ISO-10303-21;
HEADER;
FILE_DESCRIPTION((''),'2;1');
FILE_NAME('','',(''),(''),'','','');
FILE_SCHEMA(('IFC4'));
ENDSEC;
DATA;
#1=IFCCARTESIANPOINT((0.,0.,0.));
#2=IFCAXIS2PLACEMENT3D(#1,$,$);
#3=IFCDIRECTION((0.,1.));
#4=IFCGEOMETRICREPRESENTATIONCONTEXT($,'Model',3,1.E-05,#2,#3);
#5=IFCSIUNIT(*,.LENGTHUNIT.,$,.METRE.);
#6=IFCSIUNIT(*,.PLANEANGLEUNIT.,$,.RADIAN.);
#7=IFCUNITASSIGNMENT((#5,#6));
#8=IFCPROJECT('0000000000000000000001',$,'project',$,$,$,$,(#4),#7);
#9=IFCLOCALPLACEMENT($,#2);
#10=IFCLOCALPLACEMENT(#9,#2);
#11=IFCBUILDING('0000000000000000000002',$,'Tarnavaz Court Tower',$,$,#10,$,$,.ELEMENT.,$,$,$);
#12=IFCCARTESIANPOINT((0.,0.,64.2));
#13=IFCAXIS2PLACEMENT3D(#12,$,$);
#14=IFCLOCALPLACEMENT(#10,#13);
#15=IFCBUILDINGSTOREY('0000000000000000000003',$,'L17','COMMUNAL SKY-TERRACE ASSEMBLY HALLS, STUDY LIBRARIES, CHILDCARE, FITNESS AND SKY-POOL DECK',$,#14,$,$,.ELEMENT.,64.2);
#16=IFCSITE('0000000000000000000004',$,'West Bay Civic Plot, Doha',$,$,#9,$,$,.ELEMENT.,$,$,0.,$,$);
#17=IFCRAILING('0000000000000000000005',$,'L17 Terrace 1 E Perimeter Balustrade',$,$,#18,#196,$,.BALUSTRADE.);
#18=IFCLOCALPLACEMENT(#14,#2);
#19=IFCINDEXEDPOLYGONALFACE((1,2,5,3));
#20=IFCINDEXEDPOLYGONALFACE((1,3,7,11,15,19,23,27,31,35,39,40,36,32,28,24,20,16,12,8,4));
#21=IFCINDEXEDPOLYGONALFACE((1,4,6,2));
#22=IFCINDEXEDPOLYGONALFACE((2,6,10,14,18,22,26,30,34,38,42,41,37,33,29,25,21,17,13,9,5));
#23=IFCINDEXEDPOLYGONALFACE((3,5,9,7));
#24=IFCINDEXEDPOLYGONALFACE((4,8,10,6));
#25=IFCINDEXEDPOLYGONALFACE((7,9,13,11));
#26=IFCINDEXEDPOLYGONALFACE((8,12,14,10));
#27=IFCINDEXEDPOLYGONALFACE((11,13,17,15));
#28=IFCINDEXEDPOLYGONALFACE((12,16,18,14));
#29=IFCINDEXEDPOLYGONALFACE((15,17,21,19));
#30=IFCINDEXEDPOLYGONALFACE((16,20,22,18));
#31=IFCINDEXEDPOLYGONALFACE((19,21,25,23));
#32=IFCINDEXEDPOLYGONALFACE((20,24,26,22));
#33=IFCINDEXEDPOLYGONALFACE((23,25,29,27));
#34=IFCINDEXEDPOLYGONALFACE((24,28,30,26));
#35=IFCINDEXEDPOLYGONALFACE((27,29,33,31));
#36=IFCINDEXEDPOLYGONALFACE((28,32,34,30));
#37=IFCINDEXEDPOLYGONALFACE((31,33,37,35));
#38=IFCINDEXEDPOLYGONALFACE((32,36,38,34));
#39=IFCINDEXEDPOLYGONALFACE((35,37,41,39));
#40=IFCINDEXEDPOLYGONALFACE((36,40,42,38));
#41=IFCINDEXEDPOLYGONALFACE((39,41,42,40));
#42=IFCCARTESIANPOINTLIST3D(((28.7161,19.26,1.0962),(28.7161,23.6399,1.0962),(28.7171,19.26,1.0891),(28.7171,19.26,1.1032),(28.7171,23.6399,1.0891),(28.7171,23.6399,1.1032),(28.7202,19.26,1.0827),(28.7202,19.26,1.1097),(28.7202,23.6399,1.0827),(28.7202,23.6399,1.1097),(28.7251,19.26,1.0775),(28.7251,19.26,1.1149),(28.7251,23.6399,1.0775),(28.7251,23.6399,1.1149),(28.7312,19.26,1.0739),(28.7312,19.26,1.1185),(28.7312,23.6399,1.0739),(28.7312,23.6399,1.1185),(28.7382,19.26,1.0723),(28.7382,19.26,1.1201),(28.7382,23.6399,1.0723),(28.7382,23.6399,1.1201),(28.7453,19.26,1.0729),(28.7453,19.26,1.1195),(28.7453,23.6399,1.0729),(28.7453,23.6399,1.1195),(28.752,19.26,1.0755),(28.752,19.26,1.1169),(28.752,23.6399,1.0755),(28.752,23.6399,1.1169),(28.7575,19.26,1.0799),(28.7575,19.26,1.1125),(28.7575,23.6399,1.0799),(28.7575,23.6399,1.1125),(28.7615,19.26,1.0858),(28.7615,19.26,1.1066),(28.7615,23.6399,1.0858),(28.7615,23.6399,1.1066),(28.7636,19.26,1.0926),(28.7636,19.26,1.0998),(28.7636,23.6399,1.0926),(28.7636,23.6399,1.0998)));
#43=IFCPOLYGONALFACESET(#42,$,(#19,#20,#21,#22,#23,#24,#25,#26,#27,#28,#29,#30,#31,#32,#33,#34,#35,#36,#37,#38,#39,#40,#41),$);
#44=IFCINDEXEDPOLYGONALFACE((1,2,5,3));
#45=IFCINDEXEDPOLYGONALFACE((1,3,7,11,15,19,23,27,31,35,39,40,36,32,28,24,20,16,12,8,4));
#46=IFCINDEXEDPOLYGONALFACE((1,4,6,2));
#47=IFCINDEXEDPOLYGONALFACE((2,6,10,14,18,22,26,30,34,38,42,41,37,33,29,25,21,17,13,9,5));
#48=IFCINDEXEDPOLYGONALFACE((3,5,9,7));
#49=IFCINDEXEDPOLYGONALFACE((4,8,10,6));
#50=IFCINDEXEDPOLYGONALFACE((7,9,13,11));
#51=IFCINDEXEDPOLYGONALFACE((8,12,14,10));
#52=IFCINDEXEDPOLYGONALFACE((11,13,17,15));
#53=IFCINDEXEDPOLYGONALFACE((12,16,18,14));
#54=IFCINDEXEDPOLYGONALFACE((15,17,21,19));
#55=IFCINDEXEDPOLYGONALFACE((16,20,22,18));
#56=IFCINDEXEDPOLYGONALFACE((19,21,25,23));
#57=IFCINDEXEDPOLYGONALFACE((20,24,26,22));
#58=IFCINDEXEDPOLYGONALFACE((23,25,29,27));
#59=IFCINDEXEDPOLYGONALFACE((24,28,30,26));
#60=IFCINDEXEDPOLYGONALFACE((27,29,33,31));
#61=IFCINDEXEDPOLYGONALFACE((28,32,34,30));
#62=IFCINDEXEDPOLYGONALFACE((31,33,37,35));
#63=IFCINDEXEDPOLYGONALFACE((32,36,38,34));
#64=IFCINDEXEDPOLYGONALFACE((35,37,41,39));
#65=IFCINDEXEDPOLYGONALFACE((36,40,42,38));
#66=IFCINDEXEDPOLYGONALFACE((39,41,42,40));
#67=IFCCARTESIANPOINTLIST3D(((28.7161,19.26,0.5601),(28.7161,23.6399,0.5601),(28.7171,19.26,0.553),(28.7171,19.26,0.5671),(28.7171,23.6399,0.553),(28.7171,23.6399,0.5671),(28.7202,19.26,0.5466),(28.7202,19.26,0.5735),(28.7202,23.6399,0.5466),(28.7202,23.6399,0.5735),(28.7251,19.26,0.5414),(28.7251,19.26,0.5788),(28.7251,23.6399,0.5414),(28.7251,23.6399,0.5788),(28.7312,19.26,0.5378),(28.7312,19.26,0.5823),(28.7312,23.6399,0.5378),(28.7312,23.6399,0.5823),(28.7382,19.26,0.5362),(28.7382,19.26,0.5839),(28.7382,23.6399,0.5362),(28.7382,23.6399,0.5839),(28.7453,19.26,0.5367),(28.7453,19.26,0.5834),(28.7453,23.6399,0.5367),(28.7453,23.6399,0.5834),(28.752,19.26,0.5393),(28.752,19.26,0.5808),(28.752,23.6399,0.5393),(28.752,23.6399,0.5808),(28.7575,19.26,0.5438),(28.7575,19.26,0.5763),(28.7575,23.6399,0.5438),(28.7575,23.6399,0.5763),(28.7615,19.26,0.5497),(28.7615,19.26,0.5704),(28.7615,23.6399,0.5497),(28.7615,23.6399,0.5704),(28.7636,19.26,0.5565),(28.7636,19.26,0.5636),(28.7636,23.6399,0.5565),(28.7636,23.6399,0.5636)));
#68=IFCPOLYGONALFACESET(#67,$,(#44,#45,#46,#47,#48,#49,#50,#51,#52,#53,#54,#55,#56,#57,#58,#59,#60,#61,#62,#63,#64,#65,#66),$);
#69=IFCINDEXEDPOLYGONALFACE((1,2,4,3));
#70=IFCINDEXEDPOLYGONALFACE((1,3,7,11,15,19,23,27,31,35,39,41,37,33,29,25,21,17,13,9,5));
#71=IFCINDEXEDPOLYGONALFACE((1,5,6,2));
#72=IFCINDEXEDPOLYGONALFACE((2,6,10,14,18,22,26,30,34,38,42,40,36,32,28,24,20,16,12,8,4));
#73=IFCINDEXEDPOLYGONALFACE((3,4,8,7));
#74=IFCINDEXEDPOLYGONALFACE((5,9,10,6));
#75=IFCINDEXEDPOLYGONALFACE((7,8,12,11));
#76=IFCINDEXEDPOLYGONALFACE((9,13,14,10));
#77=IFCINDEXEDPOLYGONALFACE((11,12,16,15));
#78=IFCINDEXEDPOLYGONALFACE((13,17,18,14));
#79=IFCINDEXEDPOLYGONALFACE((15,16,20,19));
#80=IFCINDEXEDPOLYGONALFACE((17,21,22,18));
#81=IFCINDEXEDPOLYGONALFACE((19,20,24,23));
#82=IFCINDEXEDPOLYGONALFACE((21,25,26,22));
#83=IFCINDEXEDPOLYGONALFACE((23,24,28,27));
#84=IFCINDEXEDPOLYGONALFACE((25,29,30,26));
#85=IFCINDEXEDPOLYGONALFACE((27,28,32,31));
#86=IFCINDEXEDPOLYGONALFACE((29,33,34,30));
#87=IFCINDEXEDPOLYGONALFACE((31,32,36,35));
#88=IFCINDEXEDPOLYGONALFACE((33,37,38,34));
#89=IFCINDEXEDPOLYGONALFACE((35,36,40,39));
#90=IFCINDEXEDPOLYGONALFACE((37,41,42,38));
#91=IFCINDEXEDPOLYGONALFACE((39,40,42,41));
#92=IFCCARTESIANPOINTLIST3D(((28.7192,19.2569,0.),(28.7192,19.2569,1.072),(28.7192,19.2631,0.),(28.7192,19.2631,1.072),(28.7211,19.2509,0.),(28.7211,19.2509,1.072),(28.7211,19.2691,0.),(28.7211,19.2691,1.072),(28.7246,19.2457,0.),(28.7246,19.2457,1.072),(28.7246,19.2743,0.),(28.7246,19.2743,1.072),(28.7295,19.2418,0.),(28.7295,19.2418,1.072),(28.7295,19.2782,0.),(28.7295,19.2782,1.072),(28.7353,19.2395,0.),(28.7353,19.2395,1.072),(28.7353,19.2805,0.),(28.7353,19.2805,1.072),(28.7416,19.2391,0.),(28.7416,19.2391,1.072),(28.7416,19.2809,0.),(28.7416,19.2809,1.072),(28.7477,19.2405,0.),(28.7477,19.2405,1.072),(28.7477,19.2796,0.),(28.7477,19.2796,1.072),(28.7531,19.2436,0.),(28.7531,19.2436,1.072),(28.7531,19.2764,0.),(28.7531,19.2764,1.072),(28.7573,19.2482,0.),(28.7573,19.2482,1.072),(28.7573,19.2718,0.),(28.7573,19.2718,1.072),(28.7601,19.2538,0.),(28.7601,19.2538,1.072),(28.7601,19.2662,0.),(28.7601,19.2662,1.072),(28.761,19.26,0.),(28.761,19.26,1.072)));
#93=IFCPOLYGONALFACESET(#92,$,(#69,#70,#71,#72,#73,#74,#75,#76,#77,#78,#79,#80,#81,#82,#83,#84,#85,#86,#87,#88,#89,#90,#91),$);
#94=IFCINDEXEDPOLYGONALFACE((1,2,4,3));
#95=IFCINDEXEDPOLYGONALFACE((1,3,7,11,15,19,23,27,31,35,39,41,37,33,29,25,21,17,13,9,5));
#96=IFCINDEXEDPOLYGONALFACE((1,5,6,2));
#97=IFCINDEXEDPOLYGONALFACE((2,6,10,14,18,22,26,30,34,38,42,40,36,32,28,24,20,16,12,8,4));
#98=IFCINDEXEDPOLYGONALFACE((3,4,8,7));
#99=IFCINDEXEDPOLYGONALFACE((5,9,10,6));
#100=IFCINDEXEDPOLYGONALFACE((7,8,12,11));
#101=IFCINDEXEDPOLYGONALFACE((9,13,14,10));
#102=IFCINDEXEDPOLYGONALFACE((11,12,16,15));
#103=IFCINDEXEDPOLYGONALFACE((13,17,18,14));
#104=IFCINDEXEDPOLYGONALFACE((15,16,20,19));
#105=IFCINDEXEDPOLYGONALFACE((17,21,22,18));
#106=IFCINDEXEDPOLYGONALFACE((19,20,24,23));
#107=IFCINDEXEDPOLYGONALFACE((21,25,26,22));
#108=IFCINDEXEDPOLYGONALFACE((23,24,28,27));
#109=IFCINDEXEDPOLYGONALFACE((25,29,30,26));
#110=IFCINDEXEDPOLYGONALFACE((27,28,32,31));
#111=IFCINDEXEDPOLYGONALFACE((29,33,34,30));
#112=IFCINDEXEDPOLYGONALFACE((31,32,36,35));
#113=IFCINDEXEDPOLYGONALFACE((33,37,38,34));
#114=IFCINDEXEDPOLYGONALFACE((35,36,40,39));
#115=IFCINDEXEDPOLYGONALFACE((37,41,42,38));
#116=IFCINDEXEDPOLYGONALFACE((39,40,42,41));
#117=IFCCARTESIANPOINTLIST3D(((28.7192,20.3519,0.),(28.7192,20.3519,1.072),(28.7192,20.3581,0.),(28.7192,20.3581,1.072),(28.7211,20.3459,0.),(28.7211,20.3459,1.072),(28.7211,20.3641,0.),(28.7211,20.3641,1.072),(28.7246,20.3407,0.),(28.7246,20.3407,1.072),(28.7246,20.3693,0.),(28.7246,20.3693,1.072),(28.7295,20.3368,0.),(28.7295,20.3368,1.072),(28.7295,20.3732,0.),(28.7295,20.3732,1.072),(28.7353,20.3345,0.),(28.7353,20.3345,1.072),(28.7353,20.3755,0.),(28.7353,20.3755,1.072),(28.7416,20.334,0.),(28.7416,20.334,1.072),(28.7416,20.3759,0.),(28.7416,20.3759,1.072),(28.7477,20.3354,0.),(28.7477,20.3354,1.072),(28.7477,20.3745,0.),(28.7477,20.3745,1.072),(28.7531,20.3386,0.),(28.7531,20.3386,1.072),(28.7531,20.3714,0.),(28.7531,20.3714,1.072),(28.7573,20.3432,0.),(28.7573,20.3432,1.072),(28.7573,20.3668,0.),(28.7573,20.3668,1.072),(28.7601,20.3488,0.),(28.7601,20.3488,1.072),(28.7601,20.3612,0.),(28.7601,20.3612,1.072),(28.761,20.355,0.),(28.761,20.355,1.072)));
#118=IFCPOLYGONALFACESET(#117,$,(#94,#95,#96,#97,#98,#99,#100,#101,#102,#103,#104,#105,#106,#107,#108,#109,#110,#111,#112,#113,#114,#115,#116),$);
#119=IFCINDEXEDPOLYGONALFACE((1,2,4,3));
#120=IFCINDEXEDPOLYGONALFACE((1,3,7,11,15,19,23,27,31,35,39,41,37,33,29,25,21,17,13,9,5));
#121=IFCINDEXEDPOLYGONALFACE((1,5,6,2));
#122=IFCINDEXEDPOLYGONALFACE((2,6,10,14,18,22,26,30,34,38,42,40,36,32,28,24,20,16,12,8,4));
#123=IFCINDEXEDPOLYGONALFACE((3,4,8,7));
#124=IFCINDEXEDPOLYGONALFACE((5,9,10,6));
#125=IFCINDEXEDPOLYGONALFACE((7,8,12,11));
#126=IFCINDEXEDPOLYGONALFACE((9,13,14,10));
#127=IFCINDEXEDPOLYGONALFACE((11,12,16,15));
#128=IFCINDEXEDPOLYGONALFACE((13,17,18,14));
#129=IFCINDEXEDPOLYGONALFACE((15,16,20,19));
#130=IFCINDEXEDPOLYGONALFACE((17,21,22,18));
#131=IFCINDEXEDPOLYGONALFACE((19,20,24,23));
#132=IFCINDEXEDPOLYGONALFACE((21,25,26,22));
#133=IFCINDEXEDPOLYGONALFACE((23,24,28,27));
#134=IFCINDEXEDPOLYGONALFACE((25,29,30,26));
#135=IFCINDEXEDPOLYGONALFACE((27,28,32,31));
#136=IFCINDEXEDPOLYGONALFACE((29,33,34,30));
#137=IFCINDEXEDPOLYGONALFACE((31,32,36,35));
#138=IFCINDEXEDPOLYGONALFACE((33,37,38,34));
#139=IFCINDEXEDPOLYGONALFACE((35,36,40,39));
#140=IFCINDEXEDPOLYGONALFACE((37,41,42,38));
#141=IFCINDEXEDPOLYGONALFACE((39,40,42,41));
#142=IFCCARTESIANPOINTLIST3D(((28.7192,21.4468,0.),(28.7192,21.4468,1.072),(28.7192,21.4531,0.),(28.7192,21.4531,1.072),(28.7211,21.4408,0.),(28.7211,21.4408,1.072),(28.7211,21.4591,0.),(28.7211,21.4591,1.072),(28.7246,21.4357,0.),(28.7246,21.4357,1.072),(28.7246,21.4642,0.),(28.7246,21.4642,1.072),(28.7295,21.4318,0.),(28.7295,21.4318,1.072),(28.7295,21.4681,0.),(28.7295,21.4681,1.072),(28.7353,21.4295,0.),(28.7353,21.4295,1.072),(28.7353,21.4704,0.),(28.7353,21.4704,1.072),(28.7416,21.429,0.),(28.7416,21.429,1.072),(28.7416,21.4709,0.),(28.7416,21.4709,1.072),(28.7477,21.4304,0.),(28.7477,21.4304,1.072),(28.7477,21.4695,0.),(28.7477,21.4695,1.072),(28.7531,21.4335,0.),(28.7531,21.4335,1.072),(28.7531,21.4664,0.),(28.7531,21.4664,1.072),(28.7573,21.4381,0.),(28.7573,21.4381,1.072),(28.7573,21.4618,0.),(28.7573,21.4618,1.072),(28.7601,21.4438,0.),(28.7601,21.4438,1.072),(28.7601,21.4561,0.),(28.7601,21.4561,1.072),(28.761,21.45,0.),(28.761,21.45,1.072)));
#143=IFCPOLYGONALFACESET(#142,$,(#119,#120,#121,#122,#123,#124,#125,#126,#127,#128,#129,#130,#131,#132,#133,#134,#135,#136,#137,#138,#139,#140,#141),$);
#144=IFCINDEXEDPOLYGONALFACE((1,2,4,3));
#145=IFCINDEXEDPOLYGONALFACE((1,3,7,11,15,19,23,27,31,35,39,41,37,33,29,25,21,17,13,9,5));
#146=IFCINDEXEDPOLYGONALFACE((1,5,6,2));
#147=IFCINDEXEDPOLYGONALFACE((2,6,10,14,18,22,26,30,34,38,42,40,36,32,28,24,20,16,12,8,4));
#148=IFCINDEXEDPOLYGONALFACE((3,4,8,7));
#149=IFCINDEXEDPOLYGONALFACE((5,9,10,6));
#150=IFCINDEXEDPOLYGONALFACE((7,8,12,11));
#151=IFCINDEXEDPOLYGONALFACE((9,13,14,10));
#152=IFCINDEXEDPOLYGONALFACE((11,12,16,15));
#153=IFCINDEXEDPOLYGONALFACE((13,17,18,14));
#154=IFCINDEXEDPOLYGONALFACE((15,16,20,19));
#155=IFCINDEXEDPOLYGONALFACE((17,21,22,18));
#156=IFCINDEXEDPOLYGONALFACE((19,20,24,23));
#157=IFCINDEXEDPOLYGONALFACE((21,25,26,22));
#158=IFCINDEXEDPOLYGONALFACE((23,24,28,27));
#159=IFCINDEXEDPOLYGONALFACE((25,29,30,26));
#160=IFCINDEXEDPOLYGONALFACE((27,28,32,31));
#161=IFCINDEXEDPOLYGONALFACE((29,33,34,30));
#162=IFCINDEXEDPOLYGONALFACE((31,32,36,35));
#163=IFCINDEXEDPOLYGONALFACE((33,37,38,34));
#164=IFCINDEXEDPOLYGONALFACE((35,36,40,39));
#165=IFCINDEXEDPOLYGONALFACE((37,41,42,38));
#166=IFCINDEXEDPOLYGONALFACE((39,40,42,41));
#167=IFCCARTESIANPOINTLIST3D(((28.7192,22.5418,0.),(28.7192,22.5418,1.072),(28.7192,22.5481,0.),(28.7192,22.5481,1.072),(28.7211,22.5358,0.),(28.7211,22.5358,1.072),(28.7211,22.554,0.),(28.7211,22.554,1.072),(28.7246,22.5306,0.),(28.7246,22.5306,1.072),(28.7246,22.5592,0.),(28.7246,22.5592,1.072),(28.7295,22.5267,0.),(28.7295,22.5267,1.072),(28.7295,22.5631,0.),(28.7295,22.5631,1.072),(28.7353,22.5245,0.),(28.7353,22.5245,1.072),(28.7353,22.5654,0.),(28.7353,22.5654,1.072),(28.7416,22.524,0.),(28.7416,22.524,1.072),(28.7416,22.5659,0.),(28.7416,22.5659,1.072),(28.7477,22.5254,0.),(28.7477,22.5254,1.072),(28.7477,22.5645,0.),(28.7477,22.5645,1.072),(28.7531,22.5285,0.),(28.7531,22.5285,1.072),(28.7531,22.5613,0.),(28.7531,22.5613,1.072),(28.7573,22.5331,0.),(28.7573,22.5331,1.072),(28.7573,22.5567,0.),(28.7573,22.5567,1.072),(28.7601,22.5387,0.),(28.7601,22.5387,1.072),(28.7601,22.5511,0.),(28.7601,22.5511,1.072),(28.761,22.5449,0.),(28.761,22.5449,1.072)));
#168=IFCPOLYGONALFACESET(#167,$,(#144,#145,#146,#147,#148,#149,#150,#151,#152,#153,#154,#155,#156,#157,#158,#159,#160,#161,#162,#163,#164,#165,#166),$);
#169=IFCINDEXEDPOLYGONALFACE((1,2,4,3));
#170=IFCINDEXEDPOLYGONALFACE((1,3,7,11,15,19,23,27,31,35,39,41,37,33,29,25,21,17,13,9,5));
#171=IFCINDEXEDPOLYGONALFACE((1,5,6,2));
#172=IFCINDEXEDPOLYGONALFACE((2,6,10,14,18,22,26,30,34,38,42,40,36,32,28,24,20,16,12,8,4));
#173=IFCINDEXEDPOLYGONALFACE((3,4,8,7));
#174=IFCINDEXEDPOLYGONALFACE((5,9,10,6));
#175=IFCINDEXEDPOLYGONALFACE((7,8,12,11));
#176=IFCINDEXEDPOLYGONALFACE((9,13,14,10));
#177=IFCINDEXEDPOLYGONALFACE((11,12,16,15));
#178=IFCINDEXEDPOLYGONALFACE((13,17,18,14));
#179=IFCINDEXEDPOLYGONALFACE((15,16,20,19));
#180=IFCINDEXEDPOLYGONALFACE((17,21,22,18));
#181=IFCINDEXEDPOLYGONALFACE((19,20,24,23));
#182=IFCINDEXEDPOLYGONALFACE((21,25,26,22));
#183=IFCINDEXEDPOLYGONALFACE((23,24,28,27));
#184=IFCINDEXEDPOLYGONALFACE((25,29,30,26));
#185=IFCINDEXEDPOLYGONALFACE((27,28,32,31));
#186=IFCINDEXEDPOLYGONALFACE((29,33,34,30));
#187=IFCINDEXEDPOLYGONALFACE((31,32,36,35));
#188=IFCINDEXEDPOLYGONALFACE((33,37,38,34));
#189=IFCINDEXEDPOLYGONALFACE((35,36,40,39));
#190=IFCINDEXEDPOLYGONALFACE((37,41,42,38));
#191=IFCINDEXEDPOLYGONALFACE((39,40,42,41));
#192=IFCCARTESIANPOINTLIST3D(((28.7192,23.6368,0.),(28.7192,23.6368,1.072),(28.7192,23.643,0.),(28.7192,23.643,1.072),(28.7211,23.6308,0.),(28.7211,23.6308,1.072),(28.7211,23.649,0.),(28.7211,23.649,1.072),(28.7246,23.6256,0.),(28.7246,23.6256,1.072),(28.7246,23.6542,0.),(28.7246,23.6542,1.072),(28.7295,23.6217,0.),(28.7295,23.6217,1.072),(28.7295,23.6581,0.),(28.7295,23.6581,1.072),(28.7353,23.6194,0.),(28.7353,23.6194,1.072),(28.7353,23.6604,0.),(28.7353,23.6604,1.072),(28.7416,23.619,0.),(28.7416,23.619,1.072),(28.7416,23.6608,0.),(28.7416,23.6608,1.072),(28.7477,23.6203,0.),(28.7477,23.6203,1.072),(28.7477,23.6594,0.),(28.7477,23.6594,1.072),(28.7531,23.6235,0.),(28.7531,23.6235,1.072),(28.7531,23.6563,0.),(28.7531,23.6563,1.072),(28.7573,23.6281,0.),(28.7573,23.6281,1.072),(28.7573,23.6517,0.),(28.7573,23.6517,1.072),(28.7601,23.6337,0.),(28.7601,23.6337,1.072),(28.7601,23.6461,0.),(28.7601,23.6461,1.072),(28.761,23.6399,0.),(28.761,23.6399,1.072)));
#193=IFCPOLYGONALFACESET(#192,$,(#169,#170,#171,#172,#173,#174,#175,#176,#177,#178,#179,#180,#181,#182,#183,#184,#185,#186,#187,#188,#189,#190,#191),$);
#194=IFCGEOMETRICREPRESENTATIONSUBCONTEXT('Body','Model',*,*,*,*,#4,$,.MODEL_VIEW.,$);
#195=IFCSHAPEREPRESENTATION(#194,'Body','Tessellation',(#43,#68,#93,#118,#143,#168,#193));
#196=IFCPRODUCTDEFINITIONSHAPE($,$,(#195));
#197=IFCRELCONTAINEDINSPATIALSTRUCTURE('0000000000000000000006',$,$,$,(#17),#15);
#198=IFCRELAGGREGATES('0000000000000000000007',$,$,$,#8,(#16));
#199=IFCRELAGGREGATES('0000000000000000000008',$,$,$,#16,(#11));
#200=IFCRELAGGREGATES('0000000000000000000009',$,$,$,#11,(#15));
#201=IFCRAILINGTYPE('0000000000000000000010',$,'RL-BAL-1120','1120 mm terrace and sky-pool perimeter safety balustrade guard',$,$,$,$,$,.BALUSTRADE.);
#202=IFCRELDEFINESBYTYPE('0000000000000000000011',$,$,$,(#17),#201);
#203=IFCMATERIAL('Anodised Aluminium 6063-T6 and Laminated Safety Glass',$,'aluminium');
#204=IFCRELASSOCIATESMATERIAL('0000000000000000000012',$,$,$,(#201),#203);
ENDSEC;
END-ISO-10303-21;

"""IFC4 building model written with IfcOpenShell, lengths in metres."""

from ifc_helpers import new_model, si_unit, direction, frame, origin, origin_2d, place, context, subcontext, project, spatial, circle, extrude, material, type_object, element, save


model = new_model("IFC4")

# Units and contexts
model_context = context("Model", 3, precision=1e-05, world=origin(), true_north=direction((0.0, 1.0)))
body_context = subcontext(model_context, "Body", "Model", "MODEL_VIEW")
ifc_project = project(units=[si_unit("LENGTHUNIT", "METRE"), si_unit("PLANEANGLEUNIT", "RADIAN")], contexts=[model_context])

# Site, building, storey
site_placement = place(None, origin())
site = spatial("IfcSite", under=ifc_project, at=site_placement, Name="West Bay Civic Plot, Doha", CompositionType="ELEMENT", RefElevation=0.0)
building_placement = place(site_placement, origin())
building = spatial("IfcBuilding", under=site, at=building_placement, Name="Tarnavaz Court Tower", CompositionType="ELEMENT")
storey_placement = place(building_placement, frame((0.0, 0.0, 64.2)))
storey = spatial("IfcBuildingStorey", under=building, at=storey_placement, Name="L17", Description="COMMUNAL SKY-TERRACE ASSEMBLY HALLS, STUDY LIBRARIES, CHILDCARE, FITNESS AND SKY-POOL DECK", CompositionType="ELEMENT", Elevation=64.2)

# Railing
ifc_material_1 = material(Name="Anodised Aluminium 6063-T6 and Laminated Safety Glass", Category="aluminium")
railing_type = type_object("IfcRailingType", Name="RL-BAL-1120", Description="1120 mm terrace and sky-pool perimeter safety balustrade guard", PredefinedType="BALUSTRADE", material=ifc_material_1)
railing_1_placement = place(storey_placement, frame((28.74, 19.26, 0.0)))
element("IfcRailing", 1, at=railing_1_placement, inside=storey, type_object=railing_type, Name="L17 Terrace 1 E Perimeter Balustrade", PredefinedType="BALUSTRADE", context=body_context, shape_type="SweptSolid", body=[
    extrude(circle(Radius=0.0239, at=origin_2d()), frame((0.0, 0.0, 1.0962), z_axis=(0.0, 1.0, 0.0), x_axis=(-1.0, 0.0, 0.0)), (0.0, 0.0, 1.0), 4.3799),
    extrude(circle(Radius=0.0239, at=origin_2d()), frame((0.0, 0.0, 0.5601), z_axis=(0.0, 1.0, 0.0), x_axis=(-1.0, 0.0, 0.0)), (0.0, 0.0, 1.0), 4.3799),
    extrude(circle(Radius=0.021, at=origin_2d()), origin(), (0.0, 0.0, 1.0), 1.072),
    extrude(circle(Radius=0.021, at=origin_2d()), frame((0.0, 1.095, 0.0)), (0.0, 0.0, 1.0), 1.072),
    extrude(circle(Radius=0.021, at=origin_2d()), frame((0.0, 2.1899, 0.0)), (0.0, 0.0, 1.0), 1.072),
    extrude(circle(Radius=0.021, at=origin_2d()), frame((0.0, 3.2849, 0.0)), (0.0, 0.0, 1.0), 1.072),
    extrude(circle(Radius=0.021, at=origin_2d()), frame((0.0, 4.3799, 0.0)), (0.0, 0.0, 1.0), 1.072),
])

save(model, "model.ifc")
